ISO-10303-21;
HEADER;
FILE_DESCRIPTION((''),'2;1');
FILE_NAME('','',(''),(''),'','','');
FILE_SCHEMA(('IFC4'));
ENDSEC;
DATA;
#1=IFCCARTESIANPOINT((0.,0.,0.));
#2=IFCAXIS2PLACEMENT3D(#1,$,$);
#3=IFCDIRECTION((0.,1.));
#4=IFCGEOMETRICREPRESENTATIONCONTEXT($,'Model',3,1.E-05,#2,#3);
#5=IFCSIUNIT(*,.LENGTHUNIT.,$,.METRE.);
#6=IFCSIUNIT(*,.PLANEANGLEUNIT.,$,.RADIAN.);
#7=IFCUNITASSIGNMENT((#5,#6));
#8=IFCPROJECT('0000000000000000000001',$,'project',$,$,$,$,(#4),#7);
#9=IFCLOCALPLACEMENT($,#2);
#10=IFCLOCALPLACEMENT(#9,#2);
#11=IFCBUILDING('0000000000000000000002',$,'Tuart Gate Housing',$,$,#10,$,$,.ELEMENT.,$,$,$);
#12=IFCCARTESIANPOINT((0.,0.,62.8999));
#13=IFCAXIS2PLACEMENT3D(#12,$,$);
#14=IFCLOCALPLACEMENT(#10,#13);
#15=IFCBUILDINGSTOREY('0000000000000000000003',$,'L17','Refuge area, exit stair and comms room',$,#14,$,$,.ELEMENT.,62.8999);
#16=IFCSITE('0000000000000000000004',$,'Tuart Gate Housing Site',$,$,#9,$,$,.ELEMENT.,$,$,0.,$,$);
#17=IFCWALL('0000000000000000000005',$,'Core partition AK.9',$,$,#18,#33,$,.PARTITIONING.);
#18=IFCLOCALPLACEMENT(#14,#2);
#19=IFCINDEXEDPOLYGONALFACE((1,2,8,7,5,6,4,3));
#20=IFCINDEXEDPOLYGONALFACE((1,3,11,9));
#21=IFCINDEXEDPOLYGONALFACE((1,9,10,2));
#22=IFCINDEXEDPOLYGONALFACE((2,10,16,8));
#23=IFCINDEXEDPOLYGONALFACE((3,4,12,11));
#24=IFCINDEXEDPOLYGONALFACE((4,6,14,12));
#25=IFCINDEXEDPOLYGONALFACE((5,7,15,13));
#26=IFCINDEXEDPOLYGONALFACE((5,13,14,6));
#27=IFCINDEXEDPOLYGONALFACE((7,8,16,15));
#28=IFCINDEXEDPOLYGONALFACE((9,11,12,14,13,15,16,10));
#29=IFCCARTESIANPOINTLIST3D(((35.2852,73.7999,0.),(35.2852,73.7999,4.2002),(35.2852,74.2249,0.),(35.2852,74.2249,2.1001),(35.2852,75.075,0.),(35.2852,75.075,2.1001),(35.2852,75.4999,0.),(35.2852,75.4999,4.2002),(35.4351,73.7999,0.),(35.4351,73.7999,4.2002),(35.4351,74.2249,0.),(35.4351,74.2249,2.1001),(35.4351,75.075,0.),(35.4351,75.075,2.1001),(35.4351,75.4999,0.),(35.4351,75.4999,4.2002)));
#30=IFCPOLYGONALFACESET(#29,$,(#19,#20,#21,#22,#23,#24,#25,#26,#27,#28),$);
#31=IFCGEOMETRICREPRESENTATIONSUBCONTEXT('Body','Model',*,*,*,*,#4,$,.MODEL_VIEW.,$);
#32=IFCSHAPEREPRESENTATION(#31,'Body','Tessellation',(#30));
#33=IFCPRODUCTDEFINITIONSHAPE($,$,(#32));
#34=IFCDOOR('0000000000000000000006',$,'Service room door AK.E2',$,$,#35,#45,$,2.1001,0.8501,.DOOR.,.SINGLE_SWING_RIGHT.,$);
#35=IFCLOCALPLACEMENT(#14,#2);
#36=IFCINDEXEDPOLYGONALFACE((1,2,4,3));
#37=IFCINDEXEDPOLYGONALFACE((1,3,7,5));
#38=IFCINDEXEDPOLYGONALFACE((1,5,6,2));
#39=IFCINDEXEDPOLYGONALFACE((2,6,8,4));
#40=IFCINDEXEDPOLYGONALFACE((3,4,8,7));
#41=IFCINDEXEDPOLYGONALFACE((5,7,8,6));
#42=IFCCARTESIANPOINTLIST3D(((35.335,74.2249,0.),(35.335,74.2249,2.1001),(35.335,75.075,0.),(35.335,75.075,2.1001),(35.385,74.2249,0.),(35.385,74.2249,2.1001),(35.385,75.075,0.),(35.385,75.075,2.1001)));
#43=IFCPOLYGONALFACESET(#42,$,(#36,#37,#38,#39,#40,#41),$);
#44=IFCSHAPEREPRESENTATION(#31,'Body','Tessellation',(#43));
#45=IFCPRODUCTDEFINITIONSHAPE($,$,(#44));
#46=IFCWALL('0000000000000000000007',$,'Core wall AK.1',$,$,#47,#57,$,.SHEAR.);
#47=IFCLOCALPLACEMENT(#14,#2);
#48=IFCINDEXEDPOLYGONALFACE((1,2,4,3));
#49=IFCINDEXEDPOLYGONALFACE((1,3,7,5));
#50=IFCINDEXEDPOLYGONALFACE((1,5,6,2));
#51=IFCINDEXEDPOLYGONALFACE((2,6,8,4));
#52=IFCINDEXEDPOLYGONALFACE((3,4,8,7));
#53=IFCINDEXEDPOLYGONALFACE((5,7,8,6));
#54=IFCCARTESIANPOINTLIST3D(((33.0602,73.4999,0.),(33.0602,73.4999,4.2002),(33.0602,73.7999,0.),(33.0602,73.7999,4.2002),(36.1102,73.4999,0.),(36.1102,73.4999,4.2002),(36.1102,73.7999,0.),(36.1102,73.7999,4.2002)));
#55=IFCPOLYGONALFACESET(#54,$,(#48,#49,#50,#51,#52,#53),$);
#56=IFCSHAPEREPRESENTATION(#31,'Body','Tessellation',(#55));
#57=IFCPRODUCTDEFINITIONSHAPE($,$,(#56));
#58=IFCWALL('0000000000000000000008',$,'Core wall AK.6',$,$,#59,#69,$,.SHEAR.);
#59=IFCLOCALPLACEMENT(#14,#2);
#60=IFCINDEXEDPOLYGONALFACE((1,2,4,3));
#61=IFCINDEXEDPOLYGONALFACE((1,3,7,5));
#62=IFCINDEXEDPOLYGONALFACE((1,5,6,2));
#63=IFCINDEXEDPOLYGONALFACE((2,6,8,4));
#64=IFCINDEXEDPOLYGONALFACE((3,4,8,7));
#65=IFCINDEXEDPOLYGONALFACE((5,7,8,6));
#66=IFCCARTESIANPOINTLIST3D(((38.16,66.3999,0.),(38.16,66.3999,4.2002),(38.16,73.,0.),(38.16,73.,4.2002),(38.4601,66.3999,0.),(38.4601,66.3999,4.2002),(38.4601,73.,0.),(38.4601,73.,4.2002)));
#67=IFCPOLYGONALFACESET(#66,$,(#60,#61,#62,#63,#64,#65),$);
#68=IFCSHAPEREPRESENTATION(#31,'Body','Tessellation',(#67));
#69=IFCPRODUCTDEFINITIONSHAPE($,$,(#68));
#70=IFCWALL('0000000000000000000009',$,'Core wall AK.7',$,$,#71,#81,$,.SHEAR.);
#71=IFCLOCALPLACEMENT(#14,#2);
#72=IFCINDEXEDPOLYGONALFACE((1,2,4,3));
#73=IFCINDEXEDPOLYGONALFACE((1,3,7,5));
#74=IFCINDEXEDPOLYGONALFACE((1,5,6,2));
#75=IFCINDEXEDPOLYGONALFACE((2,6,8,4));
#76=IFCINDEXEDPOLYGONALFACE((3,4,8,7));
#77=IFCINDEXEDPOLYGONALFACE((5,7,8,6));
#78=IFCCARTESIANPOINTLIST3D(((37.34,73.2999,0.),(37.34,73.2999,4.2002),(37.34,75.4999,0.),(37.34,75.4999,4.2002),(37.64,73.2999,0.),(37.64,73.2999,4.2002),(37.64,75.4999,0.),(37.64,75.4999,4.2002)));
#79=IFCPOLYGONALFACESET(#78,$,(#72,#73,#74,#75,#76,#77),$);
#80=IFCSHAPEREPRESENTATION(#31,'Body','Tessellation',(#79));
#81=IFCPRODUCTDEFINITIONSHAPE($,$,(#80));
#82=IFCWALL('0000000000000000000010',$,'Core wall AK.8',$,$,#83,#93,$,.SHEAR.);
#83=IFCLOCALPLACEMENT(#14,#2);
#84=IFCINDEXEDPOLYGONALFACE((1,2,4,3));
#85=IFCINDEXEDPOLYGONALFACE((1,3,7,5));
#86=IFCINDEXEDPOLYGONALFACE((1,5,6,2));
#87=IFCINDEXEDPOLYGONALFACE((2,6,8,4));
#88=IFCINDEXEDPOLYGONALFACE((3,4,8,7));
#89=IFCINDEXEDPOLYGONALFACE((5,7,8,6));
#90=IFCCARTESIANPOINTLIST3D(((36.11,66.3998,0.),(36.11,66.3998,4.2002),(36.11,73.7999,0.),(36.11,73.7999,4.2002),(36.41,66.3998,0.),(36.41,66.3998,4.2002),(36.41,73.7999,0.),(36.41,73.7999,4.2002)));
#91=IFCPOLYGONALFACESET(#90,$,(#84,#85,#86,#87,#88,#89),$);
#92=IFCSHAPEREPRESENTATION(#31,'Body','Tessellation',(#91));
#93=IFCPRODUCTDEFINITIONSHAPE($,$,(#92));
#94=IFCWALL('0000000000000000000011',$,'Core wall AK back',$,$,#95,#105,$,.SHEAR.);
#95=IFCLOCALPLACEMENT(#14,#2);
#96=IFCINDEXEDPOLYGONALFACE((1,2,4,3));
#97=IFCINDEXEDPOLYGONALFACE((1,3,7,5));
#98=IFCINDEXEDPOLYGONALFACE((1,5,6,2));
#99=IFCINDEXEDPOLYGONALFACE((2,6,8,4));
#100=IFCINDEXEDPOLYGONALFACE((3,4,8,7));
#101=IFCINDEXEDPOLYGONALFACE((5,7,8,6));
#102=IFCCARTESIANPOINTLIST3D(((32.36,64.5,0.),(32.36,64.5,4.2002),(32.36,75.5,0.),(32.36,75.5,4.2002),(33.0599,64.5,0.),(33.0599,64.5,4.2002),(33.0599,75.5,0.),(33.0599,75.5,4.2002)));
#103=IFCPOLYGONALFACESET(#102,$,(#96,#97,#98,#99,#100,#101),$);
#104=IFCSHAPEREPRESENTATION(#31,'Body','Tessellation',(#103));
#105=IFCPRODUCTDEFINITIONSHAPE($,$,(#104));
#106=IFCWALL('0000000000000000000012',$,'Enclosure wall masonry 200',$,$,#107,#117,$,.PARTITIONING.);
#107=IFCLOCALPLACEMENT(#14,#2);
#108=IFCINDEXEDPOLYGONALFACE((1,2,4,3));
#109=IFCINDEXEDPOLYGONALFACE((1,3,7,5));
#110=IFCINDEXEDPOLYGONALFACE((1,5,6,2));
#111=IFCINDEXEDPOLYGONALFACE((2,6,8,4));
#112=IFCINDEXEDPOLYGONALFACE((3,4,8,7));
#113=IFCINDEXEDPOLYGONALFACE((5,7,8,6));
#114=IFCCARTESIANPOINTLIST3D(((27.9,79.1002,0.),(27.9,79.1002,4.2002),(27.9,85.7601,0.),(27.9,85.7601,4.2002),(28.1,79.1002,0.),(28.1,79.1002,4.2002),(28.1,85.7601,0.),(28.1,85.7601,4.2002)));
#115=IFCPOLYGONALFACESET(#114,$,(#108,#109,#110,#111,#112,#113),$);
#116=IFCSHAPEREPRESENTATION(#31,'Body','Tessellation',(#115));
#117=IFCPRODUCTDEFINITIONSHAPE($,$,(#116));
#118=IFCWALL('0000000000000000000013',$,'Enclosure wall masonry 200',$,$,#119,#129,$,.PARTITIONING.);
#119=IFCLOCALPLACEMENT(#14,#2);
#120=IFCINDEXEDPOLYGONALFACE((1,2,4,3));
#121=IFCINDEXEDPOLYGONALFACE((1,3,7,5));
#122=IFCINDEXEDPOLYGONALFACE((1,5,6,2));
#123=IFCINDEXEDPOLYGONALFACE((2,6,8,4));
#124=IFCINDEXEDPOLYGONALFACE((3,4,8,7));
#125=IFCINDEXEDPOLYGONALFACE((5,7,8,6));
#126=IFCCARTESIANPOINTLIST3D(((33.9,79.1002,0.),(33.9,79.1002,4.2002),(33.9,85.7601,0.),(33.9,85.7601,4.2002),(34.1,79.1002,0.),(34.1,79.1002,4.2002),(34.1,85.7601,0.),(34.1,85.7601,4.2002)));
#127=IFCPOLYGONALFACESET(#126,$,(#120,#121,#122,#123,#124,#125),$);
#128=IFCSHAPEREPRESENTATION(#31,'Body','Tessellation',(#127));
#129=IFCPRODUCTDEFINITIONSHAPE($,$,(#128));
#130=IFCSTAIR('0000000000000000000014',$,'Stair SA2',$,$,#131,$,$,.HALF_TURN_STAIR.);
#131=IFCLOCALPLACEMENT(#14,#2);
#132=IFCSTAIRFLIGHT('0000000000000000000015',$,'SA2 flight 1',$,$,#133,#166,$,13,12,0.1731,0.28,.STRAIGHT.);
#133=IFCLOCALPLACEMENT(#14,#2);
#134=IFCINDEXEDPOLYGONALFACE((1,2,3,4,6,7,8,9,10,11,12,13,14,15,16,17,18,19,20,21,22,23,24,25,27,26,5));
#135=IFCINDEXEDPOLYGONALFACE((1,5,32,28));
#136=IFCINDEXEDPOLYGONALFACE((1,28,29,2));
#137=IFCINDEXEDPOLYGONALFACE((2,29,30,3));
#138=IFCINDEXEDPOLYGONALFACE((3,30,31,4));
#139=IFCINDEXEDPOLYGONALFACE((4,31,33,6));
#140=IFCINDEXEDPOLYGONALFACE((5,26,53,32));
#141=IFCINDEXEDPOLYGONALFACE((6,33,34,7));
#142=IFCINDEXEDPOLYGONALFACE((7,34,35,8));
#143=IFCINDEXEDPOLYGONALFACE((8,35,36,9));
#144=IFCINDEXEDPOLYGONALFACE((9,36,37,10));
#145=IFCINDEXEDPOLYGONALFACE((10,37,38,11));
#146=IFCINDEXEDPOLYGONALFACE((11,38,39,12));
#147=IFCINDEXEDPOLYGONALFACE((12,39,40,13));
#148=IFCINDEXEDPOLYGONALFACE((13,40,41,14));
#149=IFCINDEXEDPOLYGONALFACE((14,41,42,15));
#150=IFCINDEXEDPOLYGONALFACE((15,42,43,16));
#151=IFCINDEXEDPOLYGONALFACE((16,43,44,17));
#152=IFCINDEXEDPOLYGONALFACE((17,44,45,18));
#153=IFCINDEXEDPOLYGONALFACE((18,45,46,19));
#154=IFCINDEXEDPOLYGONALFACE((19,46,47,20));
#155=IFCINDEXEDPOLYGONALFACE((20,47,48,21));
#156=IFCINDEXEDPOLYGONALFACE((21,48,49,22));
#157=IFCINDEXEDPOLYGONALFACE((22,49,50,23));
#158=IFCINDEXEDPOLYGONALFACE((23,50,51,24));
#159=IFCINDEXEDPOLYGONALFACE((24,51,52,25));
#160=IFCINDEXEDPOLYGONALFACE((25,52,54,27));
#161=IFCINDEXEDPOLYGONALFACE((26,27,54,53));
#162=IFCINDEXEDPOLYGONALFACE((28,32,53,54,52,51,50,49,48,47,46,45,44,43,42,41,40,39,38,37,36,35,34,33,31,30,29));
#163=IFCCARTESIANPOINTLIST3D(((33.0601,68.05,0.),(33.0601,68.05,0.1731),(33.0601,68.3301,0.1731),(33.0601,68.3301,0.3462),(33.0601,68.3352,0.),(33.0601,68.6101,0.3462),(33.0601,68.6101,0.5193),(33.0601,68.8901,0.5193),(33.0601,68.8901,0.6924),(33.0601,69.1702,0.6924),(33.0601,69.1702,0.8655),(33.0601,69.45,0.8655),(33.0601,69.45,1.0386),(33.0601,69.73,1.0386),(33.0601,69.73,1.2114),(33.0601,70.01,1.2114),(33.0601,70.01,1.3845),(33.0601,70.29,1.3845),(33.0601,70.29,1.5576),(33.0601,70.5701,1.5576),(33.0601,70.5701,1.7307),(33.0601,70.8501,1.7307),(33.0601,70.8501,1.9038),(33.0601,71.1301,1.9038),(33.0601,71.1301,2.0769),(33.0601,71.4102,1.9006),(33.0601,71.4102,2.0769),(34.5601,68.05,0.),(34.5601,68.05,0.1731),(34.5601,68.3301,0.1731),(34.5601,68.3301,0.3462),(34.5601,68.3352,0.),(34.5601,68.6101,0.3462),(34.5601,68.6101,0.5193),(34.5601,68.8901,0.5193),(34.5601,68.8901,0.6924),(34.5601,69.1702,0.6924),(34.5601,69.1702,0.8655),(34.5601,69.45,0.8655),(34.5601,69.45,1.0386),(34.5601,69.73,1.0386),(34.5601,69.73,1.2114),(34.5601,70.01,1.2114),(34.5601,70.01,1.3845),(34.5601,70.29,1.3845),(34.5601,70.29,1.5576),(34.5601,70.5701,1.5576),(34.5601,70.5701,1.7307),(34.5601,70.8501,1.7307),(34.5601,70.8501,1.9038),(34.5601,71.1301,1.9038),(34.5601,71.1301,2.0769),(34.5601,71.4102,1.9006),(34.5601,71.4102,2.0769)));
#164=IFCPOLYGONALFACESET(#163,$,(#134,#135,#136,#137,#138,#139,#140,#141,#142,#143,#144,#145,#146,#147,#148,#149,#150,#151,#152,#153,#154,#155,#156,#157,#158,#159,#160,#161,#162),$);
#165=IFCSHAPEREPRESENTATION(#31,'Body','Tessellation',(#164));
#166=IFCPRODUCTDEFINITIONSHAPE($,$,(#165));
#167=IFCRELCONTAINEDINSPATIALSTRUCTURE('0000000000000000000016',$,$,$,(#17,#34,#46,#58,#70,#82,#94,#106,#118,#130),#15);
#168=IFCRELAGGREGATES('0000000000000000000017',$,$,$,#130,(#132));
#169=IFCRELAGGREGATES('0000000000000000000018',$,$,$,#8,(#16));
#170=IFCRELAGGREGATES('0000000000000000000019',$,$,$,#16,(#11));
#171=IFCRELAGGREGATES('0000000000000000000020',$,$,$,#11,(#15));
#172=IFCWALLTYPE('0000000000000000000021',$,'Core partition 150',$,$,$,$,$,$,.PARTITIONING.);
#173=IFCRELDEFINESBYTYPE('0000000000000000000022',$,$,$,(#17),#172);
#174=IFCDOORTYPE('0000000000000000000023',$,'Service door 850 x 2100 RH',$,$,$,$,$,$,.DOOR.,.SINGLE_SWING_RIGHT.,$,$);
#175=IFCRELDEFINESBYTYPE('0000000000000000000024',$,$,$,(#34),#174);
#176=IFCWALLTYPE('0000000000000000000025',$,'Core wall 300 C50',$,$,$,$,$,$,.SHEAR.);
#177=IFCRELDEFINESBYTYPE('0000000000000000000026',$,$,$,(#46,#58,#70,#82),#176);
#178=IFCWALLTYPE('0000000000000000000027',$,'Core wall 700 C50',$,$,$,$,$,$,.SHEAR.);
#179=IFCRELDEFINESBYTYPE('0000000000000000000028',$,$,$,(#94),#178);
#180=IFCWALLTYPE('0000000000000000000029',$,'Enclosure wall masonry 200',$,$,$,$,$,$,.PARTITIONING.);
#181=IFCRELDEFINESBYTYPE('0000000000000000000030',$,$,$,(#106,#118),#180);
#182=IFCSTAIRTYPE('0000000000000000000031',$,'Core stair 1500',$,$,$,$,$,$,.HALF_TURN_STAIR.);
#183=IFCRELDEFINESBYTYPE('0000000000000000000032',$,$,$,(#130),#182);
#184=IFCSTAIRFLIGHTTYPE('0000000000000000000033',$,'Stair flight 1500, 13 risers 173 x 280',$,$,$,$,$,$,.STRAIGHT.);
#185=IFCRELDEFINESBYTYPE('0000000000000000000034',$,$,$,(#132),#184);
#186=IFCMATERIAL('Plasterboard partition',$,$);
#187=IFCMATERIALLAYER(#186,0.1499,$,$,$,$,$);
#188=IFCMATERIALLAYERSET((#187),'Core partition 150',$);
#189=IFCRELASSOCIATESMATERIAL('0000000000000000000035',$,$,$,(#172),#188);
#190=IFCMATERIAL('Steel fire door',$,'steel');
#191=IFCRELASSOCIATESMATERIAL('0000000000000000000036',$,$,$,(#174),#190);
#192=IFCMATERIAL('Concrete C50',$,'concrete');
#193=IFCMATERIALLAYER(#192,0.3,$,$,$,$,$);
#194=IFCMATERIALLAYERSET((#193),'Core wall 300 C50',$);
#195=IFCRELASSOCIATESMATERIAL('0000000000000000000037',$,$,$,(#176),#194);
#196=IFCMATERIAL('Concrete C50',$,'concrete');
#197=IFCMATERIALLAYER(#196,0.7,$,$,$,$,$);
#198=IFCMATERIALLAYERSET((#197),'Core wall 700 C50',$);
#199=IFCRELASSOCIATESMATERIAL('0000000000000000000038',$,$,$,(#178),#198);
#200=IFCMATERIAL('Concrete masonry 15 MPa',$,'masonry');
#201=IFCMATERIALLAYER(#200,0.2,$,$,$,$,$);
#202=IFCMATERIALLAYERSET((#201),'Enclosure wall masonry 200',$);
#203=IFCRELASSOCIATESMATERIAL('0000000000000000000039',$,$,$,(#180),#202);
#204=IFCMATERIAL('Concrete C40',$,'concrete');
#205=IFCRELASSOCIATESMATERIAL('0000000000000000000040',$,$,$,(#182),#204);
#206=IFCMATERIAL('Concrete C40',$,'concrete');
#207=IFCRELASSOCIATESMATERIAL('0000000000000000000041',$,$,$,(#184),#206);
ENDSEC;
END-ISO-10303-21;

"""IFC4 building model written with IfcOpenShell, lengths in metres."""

from ifc_helpers import new_model, si_unit, direction, frame, frame_2d, origin, place, context, subcontext, project, spatial, polyline, rectangle, outline, extrude, material, layer, layer_set, type_object, element, fill, aggregate, save


model = new_model("IFC4")

# Units and contexts
model_context = context("Model", 3, precision=1e-05, world=origin(), true_north=direction((0.0, 1.0)))
body_context = subcontext(model_context, "Body", "Model", "MODEL_VIEW")
ifc_project = project(units=[si_unit("LENGTHUNIT", "METRE"), si_unit("PLANEANGLEUNIT", "RADIAN")], contexts=[model_context])

# Site, building, storey
site_placement = place(None, origin())
site = spatial("IfcSite", under=ifc_project, at=site_placement, Name="Tuart Gate Housing Site", CompositionType="ELEMENT", RefElevation=0.0)
building_placement = place(site_placement, origin())
building = spatial("IfcBuilding", under=site, at=building_placement, Name="Tuart Gate Housing", CompositionType="ELEMENT")
storey_placement = place(building_placement, frame((0.0, 0.0, 62.8999)))
storey = spatial("IfcBuildingStorey", under=building, at=storey_placement, Name="L17", Description="Refuge area, exit stair and comms room", CompositionType="ELEMENT", Elevation=62.8999)

# Wall, opening, door
ifc_material_1 = material(Name="Plasterboard partition")
ifc_layer_1 = layer(ifc_material_1, 0.1499)
ifc_layer_set_1 = layer_set([ifc_layer_1], Name="Core partition 150")
wall_type_1 = type_object("IfcWallType", Name="Core partition 150", PredefinedType="PARTITIONING", material=ifc_layer_set_1)
wall_1_placement = place(storey_placement, frame((35.3601, 75.5, 0.0), z_axis=(0.0, 0.0, 1.0), x_axis=(0.0, -1.0, 0.0)))
wall_1 = element("IfcWall", 1, at=wall_1_placement, inside=storey, type_object=wall_type_1, Name="Core partition AK.9", PredefinedType="PARTITIONING", context=body_context, shape_type="SweptSolid", body=[
    extrude(rectangle(XDim=1.7, YDim=0.1499, at=frame_2d((0.8501, 0.0))), origin(), (0.0, 0.0, 1.0), 4.2002),
])
opening_1_placement = place(wall_1_placement, frame((0.425, 0.0, 0.0)))
opening_1 = element("IfcOpeningElement", 2, at=opening_1_placement, cuts=wall_1, PredefinedType="OPENING", context=body_context, shape_type="SweptSolid", body=[
    extrude(rectangle(XDim=0.8501, YDim=2.1001, at=frame_2d((0.425, 1.05))), frame((0.0, 0.085, 0.0), z_axis=(0.0, -1.0, 0.0), x_axis=(1.0, 0.0, 0.0)), (0.0, 0.0, 1.0), 0.1699),
])
ifc_material_2 = material(Name="Steel fire door", Category="steel")
door_type_1 = type_object("IfcDoorType", Name="Service door 850 x 2100 RH", OperationType="SINGLE_SWING_RIGHT", PredefinedType="DOOR", material=ifc_material_2)
door_1_placement = place(opening_1_placement, frame((0.8501, 0.0, 0.0), z_axis=(0.0, 0.0, 1.0), x_axis=(-1.0, 0.0, 0.0)))
door_1 = element("IfcDoor", 3, at=door_1_placement, inside=storey, type_object=door_type_1, Name="Service room door AK.E2", OperationType="SINGLE_SWING_RIGHT", OverallHeight=2.1001, OverallWidth=0.8501, PredefinedType="DOOR", context=body_context, shape_type="SweptSolid", body=[
    extrude(rectangle(XDim=0.8501, YDim=2.1001, at=frame_2d((0.425, 1.05))), frame((0.0, 0.0251, 0.0), z_axis=(0.0, -1.0, 0.0), x_axis=(1.0, 0.0, 0.0)), (0.0, 0.0, 1.0), 0.05),
])
fill(opening_1, door_1)

# Walls
ifc_material_3 = material(Name="Concrete C50", Category="concrete")
ifc_layer_2 = layer(ifc_material_3, 0.3)
ifc_layer_set_2 = layer_set([ifc_layer_2], Name="Core wall 300 C50")
wall_type_2 = type_object("IfcWallType", Name="Core wall 300 C50", PredefinedType="SHEAR", material=ifc_layer_set_2)
wall_2_placement = place(storey_placement, frame((36.1101, 73.6499, 0.0), z_axis=(0.0, 0.0, 1.0), x_axis=(-1.0, 0.0, 0.0)))
element("IfcWall", 4, at=wall_2_placement, inside=storey, type_object=wall_type_2, Name="Core wall AK.1", PredefinedType="SHEAR", context=body_context, shape_type="SweptSolid", body=[
    extrude(rectangle(XDim=3.05, YDim=0.3, at=frame_2d((1.5249, 0.0))), origin(), (0.0, 0.0, 1.0), 4.2002),
])
wall_3_placement = place(storey_placement, frame((38.3101, 73.0, 0.0), z_axis=(0.0, 0.0, 1.0), x_axis=(0.0, -1.0, 0.0)))
element("IfcWall", 5, at=wall_3_placement, inside=storey, type_object=wall_type_2, Name="Core wall AK.6", PredefinedType="SHEAR", context=body_context, shape_type="SweptSolid", body=[
    extrude(rectangle(XDim=6.6001, YDim=0.3, at=frame_2d((3.3, 0.0))), origin(), (0.0, 0.0, 1.0), 4.2002),
])
wall_4_placement = place(storey_placement, frame((37.49, 75.5, 0.0), z_axis=(0.0, 0.0, 1.0), x_axis=(0.0, -1.0, 0.0)))
element("IfcWall", 6, at=wall_4_placement, inside=storey, type_object=wall_type_2, Name="Core wall AK.7", PredefinedType="SHEAR", context=body_context, shape_type="SweptSolid", body=[
    extrude(rectangle(XDim=2.2, YDim=0.3, at=frame_2d((1.1001, 0.0))), origin(), (0.0, 0.0, 1.0), 4.2002),
])
wall_5_placement = place(storey_placement, frame((36.26, 73.8, 0.0), z_axis=(0.0, 0.0, 1.0), x_axis=(0.0, -1.0, 0.0)))
element("IfcWall", 7, at=wall_5_placement, inside=storey, type_object=wall_type_2, Name="Core wall AK.8", PredefinedType="SHEAR", context=body_context, shape_type="SweptSolid", body=[
    extrude(rectangle(XDim=7.4001, YDim=0.3, at=frame_2d((3.7002, 0.0))), origin(), (0.0, 0.0, 1.0), 4.2002),
])
ifc_material_4 = material(Name="Concrete C50", Category="concrete")
ifc_layer_3 = layer(ifc_material_4, 0.7)
ifc_layer_set_3 = layer_set([ifc_layer_3], Name="Core wall 700 C50")
wall_type_3 = type_object("IfcWallType", Name="Core wall 700 C50", PredefinedType="SHEAR", material=ifc_layer_set_3)
wall_6_placement = place(storey_placement, frame((32.71, 75.5, 0.0), z_axis=(0.0, 0.0, 1.0), x_axis=(0.0, -1.0, 0.0)))
element("IfcWall", 8, at=wall_6_placement, inside=storey, type_object=wall_type_3, Name="Core wall AK back", PredefinedType="SHEAR", context=body_context, shape_type="SweptSolid", body=[
    extrude(rectangle(XDim=11.0, YDim=0.7, at=frame_2d((5.5, 0.0))), origin(), (0.0, 0.0, 1.0), 4.2002),
])
ifc_material_5 = material(Name="Concrete masonry 15 MPa", Category="masonry")
ifc_layer_4 = layer(ifc_material_5, 0.2)
ifc_layer_set_4 = layer_set([ifc_layer_4], Name="Enclosure wall masonry 200")
wall_type_4 = type_object("IfcWallType", Name="Enclosure wall masonry 200", PredefinedType="PARTITIONING", material=ifc_layer_set_4)
for number, where, z_axis, x_axis, name in (
    (9, (28.0, 79.1001, 0.0), (0.0, 0.0, 1.0), (0.0, 1.0, 0.0), "Enclosure wall masonry 200"),
    (10, (34.0, 79.1001, 0.0), (0.0, 0.0, 1.0), (0.0, 1.0, 0.0), "Enclosure wall masonry 200"),
):
    element("IfcWall", number, at=place(storey_placement, frame(where, z_axis=z_axis, x_axis=x_axis)), inside=storey, type_object=wall_type_4, Name=name, PredefinedType="PARTITIONING", context=body_context, shape_type="SweptSolid", body=[
        extrude(rectangle(XDim=6.6599, YDim=0.2, at=frame_2d((3.3301, 0.0))), origin(), (0.0, 0.0, 1.0), 4.2002),
    ])

# Stair, stair flight
ifc_material_6 = material(Name="Concrete C40", Category="concrete")
stair_type = type_object("IfcStairType", Name="Core stair 1500", PredefinedType="HALF_TURN_STAIR", material=ifc_material_6)
stair_placement = place(storey_placement, origin())
stair = element("IfcStair", 11, at=stair_placement, inside=storey, type_object=stair_type, Name="Stair SA2", PredefinedType="HALF_TURN_STAIR")
ifc_material_7 = material(Name="Concrete C40", Category="concrete")
stair_flight_type = type_object("IfcStairFlightType", Name="Stair flight 1500, 13 risers 173 x 280", PredefinedType="STRAIGHT", material=ifc_material_7)
stair_flight_1_placement = place(storey_placement, frame((33.8101, 68.05, 0.0), z_axis=(0.0, 0.0, 1.0), x_axis=(0.0, 1.0, 0.0)))
stair_flight_1 = element("IfcStairFlight", 12, at=stair_flight_1_placement, type_object=stair_flight_type, Name="SA2 flight 1", NumberOfRisers=13, NumberOfTreads=12, PredefinedType="STRAIGHT", RiserHeight=0.1731, TreadLength=0.28, context=body_context, shape_type="SweptSolid", body=[
    extrude(outline(polyline([(0.0, 0.0), (0.0, 0.1731), (0.28, 0.1731), (0.28, 0.3462), (0.5601, 0.3462), (0.5601, 0.5193), (0.8401, 0.5193), (0.8401, 0.6924), (1.1201, 0.6924), (1.1201, 0.8655), (1.3999, 0.8655), (1.3999, 1.0386), (1.6799, 1.0386), (1.6799, 1.2114), (1.96, 1.2114), (1.96, 1.3845), (2.24, 1.3845), (2.24, 1.5576), (2.52, 1.5576), (2.52, 1.7307), (2.8, 1.7307), (2.8, 1.9038), (3.0801, 1.9038), (3.0801, 2.0769), (3.3601, 2.0769), (3.3601, 2.25), (3.3601, 1.9006), (0.2852, 0.0), (0.0, 0.0)])), frame((0.0, 0.75, 0.0), z_axis=(0.0, -1.0, 0.0), x_axis=(1.0, 0.0, 0.0)), (0.0, 0.0, 1.0), 1.5),
])
aggregate(stair, [stair_flight_1])

save(model, "model.ifc")
